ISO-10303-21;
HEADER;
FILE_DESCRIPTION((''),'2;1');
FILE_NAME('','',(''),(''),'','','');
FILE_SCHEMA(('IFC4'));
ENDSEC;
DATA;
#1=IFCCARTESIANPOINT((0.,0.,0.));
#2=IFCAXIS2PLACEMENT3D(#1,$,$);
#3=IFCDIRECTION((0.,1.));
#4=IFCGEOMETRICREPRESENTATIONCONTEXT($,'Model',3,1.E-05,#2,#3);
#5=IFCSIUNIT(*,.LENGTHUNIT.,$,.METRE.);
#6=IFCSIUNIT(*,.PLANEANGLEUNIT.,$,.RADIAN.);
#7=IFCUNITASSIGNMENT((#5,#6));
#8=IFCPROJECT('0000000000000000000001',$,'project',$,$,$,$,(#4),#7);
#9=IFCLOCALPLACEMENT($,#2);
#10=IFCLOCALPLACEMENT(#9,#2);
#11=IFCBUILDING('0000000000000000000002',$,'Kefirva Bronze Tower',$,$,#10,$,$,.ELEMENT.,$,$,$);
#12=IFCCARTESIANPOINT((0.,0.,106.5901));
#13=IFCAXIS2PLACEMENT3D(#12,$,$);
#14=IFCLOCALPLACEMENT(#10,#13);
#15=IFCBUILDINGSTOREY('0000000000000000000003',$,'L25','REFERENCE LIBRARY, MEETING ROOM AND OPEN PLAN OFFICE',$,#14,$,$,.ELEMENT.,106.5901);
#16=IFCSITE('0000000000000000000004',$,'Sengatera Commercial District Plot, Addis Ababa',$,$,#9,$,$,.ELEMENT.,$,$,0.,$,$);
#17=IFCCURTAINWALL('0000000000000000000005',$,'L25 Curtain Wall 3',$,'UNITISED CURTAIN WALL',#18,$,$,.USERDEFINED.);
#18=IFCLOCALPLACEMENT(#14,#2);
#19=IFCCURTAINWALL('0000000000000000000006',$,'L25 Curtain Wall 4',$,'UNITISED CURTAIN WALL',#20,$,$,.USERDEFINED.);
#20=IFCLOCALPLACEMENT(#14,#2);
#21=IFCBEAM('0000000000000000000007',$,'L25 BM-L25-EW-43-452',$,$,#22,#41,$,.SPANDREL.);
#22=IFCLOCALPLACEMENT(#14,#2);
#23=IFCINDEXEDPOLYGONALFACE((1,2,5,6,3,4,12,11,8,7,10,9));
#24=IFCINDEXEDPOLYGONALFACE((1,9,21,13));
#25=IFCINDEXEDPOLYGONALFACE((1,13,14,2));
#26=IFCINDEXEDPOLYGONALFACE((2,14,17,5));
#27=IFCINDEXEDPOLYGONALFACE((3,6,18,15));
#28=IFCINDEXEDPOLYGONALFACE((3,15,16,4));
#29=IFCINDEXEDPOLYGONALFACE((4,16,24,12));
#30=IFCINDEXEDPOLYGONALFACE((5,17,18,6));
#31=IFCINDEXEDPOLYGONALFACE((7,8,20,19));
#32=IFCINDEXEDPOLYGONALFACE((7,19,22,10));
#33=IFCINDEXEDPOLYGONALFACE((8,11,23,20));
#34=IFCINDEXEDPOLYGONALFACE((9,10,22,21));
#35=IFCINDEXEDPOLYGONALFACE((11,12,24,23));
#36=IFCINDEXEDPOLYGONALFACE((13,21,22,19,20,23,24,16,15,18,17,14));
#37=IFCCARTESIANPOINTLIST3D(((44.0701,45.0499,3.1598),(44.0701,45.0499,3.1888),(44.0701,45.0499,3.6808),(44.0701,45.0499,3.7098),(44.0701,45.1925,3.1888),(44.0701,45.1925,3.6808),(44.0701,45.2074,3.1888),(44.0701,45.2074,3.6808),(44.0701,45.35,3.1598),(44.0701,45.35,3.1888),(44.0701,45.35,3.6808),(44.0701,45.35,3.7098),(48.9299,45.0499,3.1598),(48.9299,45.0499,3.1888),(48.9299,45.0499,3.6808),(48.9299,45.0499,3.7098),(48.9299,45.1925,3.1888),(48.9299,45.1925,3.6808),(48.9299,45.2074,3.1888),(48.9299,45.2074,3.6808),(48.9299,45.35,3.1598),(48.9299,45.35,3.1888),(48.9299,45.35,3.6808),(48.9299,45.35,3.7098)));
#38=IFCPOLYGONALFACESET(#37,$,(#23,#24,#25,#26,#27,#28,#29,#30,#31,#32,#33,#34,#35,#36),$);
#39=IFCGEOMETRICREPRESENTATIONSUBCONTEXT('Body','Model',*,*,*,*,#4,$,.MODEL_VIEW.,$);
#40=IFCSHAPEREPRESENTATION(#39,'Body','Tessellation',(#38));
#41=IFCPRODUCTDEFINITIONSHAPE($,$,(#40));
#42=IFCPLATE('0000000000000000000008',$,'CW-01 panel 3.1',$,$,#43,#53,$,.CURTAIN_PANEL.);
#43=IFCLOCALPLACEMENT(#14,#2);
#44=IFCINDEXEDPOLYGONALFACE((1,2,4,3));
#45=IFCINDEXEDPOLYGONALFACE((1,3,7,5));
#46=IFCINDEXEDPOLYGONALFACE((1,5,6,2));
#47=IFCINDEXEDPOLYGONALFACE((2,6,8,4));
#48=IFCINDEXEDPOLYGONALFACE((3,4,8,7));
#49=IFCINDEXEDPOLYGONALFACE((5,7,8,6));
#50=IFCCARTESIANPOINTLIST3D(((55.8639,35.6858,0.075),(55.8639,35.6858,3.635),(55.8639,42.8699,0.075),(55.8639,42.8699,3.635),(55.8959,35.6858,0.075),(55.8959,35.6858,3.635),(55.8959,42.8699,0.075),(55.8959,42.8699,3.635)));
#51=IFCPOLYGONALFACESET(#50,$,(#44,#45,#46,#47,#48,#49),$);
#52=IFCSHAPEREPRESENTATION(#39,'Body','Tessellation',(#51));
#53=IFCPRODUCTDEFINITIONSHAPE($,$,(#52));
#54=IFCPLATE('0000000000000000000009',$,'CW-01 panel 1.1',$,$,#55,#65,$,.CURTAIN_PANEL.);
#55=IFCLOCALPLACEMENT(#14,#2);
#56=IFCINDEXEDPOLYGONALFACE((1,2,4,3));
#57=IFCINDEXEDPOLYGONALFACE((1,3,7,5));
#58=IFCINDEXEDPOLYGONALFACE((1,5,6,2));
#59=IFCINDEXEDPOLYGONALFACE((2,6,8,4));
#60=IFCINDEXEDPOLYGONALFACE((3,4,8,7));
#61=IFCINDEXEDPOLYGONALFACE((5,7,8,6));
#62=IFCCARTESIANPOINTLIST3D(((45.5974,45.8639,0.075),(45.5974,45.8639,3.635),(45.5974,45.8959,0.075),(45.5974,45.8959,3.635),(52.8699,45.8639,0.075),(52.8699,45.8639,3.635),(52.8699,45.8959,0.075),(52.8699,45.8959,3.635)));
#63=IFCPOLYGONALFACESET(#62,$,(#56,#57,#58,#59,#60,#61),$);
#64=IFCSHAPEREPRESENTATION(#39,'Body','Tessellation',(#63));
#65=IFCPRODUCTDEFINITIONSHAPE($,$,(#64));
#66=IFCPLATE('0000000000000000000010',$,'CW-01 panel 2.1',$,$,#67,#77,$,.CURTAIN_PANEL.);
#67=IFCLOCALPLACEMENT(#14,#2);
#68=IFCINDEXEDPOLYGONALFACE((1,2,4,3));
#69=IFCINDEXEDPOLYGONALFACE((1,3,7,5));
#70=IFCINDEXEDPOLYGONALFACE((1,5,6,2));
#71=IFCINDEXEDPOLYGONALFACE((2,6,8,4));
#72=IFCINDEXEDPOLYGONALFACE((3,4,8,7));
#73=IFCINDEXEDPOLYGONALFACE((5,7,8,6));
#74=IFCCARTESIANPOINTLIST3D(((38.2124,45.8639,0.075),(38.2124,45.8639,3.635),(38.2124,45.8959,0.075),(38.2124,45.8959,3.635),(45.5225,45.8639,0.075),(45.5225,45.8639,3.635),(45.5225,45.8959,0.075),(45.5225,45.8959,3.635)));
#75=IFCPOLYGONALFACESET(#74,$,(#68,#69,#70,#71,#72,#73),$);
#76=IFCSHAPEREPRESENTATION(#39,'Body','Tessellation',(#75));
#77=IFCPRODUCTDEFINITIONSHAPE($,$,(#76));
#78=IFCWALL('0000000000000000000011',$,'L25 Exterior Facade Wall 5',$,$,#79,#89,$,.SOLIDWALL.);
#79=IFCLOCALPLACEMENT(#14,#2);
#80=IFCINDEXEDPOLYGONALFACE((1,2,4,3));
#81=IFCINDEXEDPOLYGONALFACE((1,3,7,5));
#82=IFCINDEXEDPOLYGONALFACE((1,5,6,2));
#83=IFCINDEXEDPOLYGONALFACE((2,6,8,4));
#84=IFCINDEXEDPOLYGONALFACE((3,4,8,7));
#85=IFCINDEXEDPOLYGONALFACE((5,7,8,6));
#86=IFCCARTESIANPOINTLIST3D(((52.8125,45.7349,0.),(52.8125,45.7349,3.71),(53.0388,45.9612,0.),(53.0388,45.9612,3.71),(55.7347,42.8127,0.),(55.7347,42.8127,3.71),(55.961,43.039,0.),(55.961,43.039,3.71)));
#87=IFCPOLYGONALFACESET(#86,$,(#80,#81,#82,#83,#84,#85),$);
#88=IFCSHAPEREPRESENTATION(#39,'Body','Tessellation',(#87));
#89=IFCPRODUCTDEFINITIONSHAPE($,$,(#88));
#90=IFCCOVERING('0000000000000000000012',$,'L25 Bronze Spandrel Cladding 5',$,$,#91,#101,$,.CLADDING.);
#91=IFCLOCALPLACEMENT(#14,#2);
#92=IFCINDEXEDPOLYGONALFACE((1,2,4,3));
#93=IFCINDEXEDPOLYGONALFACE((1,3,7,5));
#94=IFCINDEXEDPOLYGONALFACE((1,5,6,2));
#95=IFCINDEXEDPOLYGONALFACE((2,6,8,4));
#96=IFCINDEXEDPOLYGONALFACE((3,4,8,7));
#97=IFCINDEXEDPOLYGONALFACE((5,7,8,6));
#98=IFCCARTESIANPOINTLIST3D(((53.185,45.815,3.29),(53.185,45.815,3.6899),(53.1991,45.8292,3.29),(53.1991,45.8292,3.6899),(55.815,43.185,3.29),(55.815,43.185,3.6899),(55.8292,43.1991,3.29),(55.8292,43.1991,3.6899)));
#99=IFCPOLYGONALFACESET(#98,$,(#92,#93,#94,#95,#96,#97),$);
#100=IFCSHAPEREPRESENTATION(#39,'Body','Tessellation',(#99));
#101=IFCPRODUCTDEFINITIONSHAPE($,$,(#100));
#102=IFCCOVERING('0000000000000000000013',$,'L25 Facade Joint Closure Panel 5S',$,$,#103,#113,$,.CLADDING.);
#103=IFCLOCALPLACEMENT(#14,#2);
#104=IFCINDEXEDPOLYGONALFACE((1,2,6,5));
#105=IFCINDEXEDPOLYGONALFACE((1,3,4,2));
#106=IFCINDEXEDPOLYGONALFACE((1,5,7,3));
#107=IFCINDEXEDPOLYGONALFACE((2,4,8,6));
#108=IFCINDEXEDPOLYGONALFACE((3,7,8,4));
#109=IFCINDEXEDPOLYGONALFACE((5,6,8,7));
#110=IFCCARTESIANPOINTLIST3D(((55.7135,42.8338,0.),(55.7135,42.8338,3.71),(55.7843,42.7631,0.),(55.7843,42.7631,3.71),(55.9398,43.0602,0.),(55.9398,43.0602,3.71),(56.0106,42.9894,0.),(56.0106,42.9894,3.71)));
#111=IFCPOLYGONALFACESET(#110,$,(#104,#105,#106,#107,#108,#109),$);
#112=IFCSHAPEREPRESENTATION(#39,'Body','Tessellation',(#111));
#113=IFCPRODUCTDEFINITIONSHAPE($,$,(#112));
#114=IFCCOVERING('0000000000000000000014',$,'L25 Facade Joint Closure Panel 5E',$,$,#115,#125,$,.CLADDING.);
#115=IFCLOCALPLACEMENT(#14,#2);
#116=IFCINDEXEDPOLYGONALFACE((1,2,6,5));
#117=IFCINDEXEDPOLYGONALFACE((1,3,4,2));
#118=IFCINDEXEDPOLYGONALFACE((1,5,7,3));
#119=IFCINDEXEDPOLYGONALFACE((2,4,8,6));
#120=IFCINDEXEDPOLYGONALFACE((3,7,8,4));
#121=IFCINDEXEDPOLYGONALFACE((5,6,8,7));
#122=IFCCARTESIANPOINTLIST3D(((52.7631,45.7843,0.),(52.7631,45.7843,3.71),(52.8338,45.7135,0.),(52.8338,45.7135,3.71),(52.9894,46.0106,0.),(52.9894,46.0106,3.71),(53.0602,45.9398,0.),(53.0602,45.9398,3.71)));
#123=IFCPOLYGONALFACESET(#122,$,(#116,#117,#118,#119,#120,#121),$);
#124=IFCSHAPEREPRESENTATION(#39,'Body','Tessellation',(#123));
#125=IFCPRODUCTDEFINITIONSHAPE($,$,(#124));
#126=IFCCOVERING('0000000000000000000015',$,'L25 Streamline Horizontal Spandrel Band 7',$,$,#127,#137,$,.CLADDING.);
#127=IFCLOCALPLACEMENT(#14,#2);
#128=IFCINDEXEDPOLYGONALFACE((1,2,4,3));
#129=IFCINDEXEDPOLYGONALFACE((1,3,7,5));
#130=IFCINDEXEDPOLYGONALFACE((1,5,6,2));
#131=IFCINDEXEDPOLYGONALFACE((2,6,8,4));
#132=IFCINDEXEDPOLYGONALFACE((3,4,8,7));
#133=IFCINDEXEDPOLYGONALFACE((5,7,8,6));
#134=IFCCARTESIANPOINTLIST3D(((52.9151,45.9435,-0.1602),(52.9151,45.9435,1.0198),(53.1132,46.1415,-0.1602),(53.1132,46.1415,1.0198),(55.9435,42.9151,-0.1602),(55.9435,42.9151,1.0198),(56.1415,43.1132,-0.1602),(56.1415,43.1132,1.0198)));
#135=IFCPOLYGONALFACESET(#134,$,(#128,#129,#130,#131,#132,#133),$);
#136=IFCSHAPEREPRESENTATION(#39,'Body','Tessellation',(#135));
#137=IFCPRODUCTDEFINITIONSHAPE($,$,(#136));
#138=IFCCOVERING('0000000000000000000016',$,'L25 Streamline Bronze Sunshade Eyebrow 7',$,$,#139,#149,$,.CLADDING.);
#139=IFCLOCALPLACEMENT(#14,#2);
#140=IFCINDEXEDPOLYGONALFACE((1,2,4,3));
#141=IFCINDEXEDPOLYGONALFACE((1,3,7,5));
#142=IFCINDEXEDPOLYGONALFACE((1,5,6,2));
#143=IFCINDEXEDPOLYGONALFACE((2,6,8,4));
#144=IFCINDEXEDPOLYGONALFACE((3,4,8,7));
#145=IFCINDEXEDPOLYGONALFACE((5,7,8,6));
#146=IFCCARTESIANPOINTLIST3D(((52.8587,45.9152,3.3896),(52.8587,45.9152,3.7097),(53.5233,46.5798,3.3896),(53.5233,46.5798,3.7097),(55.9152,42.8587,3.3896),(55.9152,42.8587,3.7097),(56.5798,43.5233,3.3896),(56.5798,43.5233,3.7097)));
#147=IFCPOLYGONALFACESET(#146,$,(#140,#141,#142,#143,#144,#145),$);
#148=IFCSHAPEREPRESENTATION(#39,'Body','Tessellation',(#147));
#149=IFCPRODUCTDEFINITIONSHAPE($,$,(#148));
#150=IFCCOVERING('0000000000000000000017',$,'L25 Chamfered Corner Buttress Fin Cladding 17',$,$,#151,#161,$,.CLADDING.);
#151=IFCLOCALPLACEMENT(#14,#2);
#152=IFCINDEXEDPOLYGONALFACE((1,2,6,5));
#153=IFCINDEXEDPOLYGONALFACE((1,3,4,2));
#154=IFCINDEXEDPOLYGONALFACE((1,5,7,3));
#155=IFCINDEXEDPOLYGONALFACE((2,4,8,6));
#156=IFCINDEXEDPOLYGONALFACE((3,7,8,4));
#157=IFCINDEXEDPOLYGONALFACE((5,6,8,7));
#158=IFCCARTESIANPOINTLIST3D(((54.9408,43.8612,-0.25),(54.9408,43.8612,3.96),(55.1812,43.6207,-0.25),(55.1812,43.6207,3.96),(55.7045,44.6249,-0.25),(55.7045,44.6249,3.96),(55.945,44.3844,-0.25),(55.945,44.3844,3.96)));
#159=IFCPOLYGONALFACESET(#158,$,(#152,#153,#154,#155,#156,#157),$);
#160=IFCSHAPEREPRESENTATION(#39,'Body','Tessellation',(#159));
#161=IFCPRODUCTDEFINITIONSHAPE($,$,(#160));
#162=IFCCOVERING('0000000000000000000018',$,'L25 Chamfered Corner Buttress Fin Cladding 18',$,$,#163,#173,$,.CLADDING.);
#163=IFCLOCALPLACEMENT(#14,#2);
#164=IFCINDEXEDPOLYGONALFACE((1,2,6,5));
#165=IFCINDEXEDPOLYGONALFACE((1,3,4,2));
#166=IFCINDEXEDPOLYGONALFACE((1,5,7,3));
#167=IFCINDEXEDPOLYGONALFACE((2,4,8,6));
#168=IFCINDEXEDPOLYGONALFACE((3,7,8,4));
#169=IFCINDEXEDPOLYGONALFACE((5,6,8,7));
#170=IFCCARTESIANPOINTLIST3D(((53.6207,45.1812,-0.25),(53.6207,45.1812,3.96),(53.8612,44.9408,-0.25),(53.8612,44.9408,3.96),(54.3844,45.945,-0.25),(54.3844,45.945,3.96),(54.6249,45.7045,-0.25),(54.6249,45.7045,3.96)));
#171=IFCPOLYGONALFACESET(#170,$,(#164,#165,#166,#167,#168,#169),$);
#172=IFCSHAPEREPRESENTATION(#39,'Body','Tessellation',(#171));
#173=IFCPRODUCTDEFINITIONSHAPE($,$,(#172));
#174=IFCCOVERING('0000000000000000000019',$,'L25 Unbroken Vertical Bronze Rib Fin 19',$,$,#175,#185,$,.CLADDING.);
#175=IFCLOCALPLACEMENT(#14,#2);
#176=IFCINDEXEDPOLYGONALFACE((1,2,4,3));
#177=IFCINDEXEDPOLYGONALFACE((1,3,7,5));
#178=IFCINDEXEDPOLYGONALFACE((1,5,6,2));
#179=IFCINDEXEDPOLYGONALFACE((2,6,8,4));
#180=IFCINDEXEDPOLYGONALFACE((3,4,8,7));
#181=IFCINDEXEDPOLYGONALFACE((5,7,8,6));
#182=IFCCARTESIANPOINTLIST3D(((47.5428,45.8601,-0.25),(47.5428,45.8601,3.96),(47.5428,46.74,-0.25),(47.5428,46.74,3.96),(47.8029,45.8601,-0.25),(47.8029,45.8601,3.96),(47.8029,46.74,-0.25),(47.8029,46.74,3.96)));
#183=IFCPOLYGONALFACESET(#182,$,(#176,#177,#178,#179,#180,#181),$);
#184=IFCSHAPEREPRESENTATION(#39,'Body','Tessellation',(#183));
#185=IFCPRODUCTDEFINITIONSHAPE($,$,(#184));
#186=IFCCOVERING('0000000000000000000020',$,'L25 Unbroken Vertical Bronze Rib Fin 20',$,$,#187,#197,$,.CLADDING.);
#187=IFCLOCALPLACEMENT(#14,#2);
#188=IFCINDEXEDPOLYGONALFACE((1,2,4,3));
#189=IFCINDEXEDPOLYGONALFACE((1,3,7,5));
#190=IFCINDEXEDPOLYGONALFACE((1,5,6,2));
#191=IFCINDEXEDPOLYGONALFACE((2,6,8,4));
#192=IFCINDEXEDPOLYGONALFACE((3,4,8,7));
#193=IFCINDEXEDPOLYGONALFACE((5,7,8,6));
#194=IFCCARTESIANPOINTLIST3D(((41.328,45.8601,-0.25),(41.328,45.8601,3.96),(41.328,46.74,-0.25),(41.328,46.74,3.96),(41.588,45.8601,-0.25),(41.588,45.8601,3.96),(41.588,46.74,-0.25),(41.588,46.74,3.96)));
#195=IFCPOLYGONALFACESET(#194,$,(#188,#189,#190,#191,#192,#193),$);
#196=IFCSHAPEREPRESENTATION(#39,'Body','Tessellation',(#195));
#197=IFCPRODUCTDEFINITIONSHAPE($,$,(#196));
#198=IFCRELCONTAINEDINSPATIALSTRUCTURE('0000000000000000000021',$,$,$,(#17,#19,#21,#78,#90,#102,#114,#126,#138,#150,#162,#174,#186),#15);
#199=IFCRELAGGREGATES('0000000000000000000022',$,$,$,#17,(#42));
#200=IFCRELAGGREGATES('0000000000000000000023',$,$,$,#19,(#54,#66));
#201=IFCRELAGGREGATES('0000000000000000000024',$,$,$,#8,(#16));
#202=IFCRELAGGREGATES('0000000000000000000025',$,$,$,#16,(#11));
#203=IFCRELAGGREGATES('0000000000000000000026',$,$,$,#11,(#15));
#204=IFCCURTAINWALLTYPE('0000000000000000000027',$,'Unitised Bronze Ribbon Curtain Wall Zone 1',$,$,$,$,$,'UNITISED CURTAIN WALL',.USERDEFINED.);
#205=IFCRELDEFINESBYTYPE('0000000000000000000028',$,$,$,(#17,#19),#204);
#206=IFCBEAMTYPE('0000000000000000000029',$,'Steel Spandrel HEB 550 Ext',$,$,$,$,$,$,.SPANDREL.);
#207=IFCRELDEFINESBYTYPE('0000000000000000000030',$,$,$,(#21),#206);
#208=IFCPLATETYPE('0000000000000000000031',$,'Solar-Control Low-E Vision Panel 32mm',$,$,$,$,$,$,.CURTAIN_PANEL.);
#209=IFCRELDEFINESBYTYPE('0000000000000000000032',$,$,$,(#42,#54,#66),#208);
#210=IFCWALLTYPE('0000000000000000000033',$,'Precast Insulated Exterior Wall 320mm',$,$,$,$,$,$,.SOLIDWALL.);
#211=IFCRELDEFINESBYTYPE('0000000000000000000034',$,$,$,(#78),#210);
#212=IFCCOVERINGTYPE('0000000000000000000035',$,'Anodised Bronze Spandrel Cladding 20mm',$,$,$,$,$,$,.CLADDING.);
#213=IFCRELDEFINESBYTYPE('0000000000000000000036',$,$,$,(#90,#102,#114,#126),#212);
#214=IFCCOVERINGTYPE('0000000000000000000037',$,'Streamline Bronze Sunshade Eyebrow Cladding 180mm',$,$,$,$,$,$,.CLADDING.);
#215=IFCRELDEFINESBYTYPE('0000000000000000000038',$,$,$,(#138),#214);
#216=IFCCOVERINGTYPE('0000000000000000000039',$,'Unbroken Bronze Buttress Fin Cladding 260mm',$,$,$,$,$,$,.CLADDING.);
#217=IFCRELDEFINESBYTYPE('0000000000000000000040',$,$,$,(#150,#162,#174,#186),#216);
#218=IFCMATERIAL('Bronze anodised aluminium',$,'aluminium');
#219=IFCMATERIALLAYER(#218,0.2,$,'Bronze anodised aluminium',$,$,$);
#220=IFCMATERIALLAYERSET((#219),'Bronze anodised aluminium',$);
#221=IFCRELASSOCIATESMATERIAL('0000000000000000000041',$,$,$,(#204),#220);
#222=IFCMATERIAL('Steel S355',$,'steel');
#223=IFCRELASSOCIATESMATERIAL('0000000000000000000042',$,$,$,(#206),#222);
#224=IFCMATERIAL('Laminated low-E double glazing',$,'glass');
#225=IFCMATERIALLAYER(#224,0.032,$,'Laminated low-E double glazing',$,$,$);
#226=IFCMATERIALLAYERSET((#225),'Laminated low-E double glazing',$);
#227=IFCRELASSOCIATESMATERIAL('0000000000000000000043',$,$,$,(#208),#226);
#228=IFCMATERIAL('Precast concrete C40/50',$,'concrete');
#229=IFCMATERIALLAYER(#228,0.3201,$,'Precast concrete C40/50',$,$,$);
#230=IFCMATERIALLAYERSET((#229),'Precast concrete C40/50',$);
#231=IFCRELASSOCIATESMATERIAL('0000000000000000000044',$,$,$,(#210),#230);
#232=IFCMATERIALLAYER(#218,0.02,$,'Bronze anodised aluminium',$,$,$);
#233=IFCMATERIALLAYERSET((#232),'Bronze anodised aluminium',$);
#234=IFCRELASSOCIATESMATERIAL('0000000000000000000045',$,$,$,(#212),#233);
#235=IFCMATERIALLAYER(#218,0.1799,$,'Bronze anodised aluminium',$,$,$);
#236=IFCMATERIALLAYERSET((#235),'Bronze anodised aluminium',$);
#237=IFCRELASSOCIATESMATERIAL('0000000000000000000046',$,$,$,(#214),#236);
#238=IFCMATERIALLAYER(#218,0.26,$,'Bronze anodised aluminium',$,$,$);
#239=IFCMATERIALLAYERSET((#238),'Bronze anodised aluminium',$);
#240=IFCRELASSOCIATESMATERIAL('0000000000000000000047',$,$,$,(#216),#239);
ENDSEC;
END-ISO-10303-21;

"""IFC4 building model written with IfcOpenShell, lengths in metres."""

from ifc_helpers import new_model, si_unit, direction, frame, frame_2d, origin, origin_2d, place, context, subcontext, project, spatial, rectangle, i_section, extrude, material, layer, layer_set, material_profile, profile_set, type_object, element, aggregate, save


model = new_model("IFC4")

# Units and contexts
model_context = context("Model", 3, precision=1e-05, world=origin(), true_north=direction((0.0, 1.0)))
body_context = subcontext(model_context, "Body", "Model", "MODEL_VIEW")
ifc_project = project(units=[si_unit("LENGTHUNIT", "METRE"), si_unit("PLANEANGLEUNIT", "RADIAN")], contexts=[model_context])

# Site, building, storey
site_placement = place(None, origin())
site = spatial("IfcSite", under=ifc_project, at=site_placement, Name="Sengatera Commercial District Plot, Addis Ababa", CompositionType="ELEMENT", RefElevation=0.0)
building_placement = place(site_placement, origin())
building = spatial("IfcBuilding", under=site, at=building_placement, Name="Kefirva Bronze Tower", CompositionType="ELEMENT")
storey_placement = place(building_placement, frame((0.0, 0.0, 106.5901)))
storey = spatial("IfcBuildingStorey", under=building, at=storey_placement, Name="L25", Description="REFERENCE LIBRARY, MEETING ROOM AND OPEN PLAN OFFICE", CompositionType="ELEMENT", Elevation=106.5901)

# Curtain wall
ifc_material_1 = material(Name="Bronze anodised aluminium", Category="aluminium")
ifc_layer_1 = layer(ifc_material_1, 0.2, Name="Bronze anodised aluminium")
ifc_layer_set_1 = layer_set([ifc_layer_1], Name="Bronze anodised aluminium")
curtain_wall_type = type_object("IfcCurtainWallType", Name="Unitised Bronze Ribbon Curtain Wall Zone 1", ElementType="UNITISED CURTAIN WALL", PredefinedType="USERDEFINED", material=ifc_layer_set_1)
curtain_wall_1_placement = place(storey_placement, origin())
curtain_wall_1 = element("IfcCurtainWall", 1, at=curtain_wall_1_placement, inside=storey, type_object=curtain_wall_type, Name="L25 Curtain Wall 3", ObjectType="UNITISED CURTAIN WALL", PredefinedType="USERDEFINED")

# Curtain wall
curtain_wall_2_placement = place(storey_placement, origin())
curtain_wall_2 = element("IfcCurtainWall", 2, at=curtain_wall_2_placement, inside=storey, type_object=curtain_wall_type, Name="L25 Curtain Wall 4", ObjectType="UNITISED CURTAIN WALL", PredefinedType="USERDEFINED")

# Beam
ifc_material_2 = material(Name="Steel S355", Category="steel")
ifc_material_profile_1 = material_profile(ifc_material_2, i_section(OverallWidth=0.3, OverallDepth=0.55, WebThickness=0.0149, FlangeThickness=0.0291, at=origin_2d()), Name="HEB 550")
ifc_profile_set_1 = profile_set([ifc_material_profile_1], Name="Steel S355")
beam_type_1 = type_object("IfcBeamType", Name="Steel Spandrel HEB 550 Ext", PredefinedType="SPANDREL", material=ifc_profile_set_1)
beam_1_placement = place(storey_placement, frame((44.0701, 45.2, 3.4348), z_axis=(1.0, 0.0, 0.0), x_axis=(0.0, 1.0, 0.0)))
element("IfcBeam", 3, at=beam_1_placement, inside=storey, type_object=beam_type_1, Name="L25 BM-L25-EW-43-452", PredefinedType="SPANDREL", context=body_context, shape_type="SweptSolid", body=[
    extrude(i_section(OverallWidth=0.3, OverallDepth=0.55, WebThickness=0.0149, FlangeThickness=0.0291, at=origin_2d()), origin(), (0.0, 0.0, 1.0), 4.8599),
])

# Plates
ifc_material_3 = material(Name="Laminated low-E double glazing", Category="glass")
ifc_layer_2 = layer(ifc_material_3, 0.032, Name="Laminated low-E double glazing")
ifc_layer_set_2 = layer_set([ifc_layer_2], Name="Laminated low-E double glazing")
plate_type = type_object("IfcPlateType", Name="Solar-Control Low-E Vision Panel 32mm", PredefinedType="CURTAIN_PANEL", material=ifc_layer_set_2)
plate_1_placement = place(storey_placement, frame((55.8799, 39.2778, 0.075), z_axis=(0.0, 0.0, 1.0), x_axis=(0.0, 1.0, 0.0)))
plate_1 = element("IfcPlate", 4, at=plate_1_placement, type_object=plate_type, Name="CW-01 panel 3.1", PredefinedType="CURTAIN_PANEL", context=body_context, shape_type="SweptSolid", body=[
    extrude(rectangle(XDim=7.1841, YDim=0.032, at=origin_2d()), origin(), (0.0, 0.0, 1.0), 3.5601),
])
aggregate(curtain_wall_1, [plate_1])
plate_2_placement = place(storey_placement, frame((49.2336, 45.8799, 0.075), z_axis=(0.0, 0.0, 1.0), x_axis=(-1.0, 0.0, 0.0)))
plate_2 = element("IfcPlate", 5, at=plate_2_placement, type_object=plate_type, Name="CW-01 panel 1.1", PredefinedType="CURTAIN_PANEL", context=body_context, shape_type="SweptSolid", body=[
    extrude(rectangle(XDim=7.2725, YDim=0.032, at=origin_2d()), origin(), (0.0, 0.0, 1.0), 3.5601),
])
plate_3_placement = place(storey_placement, frame((41.8674, 45.8799, 0.075), z_axis=(0.0, 0.0, 1.0), x_axis=(-1.0, 0.0, 0.0)))
plate_3 = element("IfcPlate", 6, at=plate_3_placement, type_object=plate_type, Name="CW-01 panel 2.1", PredefinedType="CURTAIN_PANEL", context=body_context, shape_type="SweptSolid", body=[
    extrude(rectangle(XDim=7.3101, YDim=0.032, at=origin_2d()), origin(), (0.0, 0.0, 1.0), 3.5601),
])
aggregate(curtain_wall_2, [plate_2, plate_3])

# Wall
ifc_material_4 = material(Name="Precast concrete C40/50", Category="concrete")
ifc_layer_3 = layer(ifc_material_4, 0.3201, Name="Precast concrete C40/50")
ifc_layer_set_3 = layer_set([ifc_layer_3], Name="Precast concrete C40/50")
wall_type = type_object("IfcWallType", Name="Precast Insulated Exterior Wall 320mm", PredefinedType="SOLIDWALL", material=ifc_layer_set_3)
wall_placement = place(storey_placement, frame((55.8479, 42.9258, 0.0), z_axis=(0.0, 0.0, 1.0), x_axis=(-0.707107, 0.707107, 0.0)))
element("IfcWall", 7, at=wall_placement, inside=storey, type_object=wall_type, Name="L25 Exterior Facade Wall 5", PredefinedType="SOLIDWALL", context=body_context, shape_type="SweptSolid", body=[
    extrude(rectangle(XDim=4.1326, YDim=0.3201, at=frame_2d((2.0664, 0.0))), origin(), (0.0, 0.0, 1.0), 3.71),
])

# Coverings
ifc_layer_4 = layer(ifc_material_1, 0.02, Name="Bronze anodised aluminium")
ifc_layer_set_4 = layer_set([ifc_layer_4], Name="Bronze anodised aluminium")
covering_type_1 = type_object("IfcCoveringType", Name="Anodised Bronze Spandrel Cladding 20mm", PredefinedType="CLADDING", material=ifc_layer_set_4)
covering_1_placement = place(storey_placement, frame((54.5071, 44.5071, 3.29), z_axis=(0.0, 0.0, 1.0), x_axis=(-0.707107, 0.707107, 0.0)))
element("IfcCovering", 8, at=covering_1_placement, inside=storey, type_object=covering_type_1, Name="L25 Bronze Spandrel Cladding 5", PredefinedType="CLADDING", context=body_context, shape_type="SweptSolid", body=[
    extrude(rectangle(XDim=3.7195, YDim=0.02, at=origin_2d()), origin(), (0.0, 0.0, 1.0), 0.3999),
])
for number, where, z_axis, x_axis, name in (
    (9, (55.8621, 42.9116, 0.0), (0.0, 0.0, 1.0), (-0.707107, 0.707107, 0.0), "L25 Facade Joint Closure Panel 5S"),
    (10, (52.9116, 45.8621, 0.0), (0.0, 0.0, 1.0), (-0.707107, 0.707107, 0.0), "L25 Facade Joint Closure Panel 5E"),
):
    element("IfcCovering", number, at=place(storey_placement, frame(where, z_axis=z_axis, x_axis=x_axis)), inside=storey, type_object=covering_type_1, Name=name, PredefinedType="CLADDING", context=body_context, shape_type="SweptSolid", body=[
        extrude(rectangle(XDim=0.1001, YDim=0.3201, at=origin_2d()), origin(), (0.0, 0.0, 1.0), 3.71),
    ])
covering_2_placement = place(storey_placement, frame((54.5283, 44.5283, -0.1602), z_axis=(0.0, 0.0, 1.0), x_axis=(-0.707107, 0.707107, 0.0)))
element("IfcCovering", 11, at=covering_2_placement, inside=storey, type_object=covering_type_1, Name="L25 Streamline Horizontal Spandrel Band 7", PredefinedType="CLADDING", context=body_context, shape_type="SweptSolid", body=[
    extrude(rectangle(XDim=4.2827, YDim=0.28, at=origin_2d()), origin(), (0.0, 0.0, 1.0), 1.1799),
])
ifc_layer_5 = layer(ifc_material_1, 0.1799, Name="Bronze anodised aluminium")
ifc_layer_set_5 = layer_set([ifc_layer_5], Name="Bronze anodised aluminium")
covering_type_2 = type_object("IfcCoveringType", Name="Streamline Bronze Sunshade Eyebrow Cladding 180mm", PredefinedType="CLADDING", material=ifc_layer_set_5)
covering_3_placement = place(storey_placement, frame((54.7192, 44.7192, 3.3896), z_axis=(0.0, 0.0, 1.0), x_axis=(-0.707107, 0.707107, 0.0)))
element("IfcCovering", 12, at=covering_3_placement, inside=storey, type_object=covering_type_2, Name="L25 Streamline Bronze Sunshade Eyebrow 7", PredefinedType="CLADDING", context=body_context, shape_type="SweptSolid", body=[
    extrude(rectangle(XDim=4.3225, YDim=0.9399, at=origin_2d()), origin(), (0.0, 0.0, 1.0), 0.3201),
])
ifc_layer_6 = layer(ifc_material_1, 0.26, Name="Bronze anodised aluminium")
ifc_layer_set_6 = layer_set([ifc_layer_6], Name="Bronze anodised aluminium")
covering_type_3 = type_object("IfcCoveringType", Name="Unbroken Bronze Buttress Fin Cladding 260mm", PredefinedType="CLADDING", material=ifc_layer_set_6)
for number, where, z_axis, x_axis, name in (
    (13, (55.4429, 44.1228, -0.25), (0.0, 0.0, 1.0), (-0.707107, 0.707107, 0.0), "L25 Chamfered Corner Buttress Fin Cladding 17"),
    (14, (54.1228, 45.4429, -0.25), (0.0, 0.0, 1.0), (-0.707107, 0.707107, 0.0), "L25 Chamfered Corner Buttress Fin Cladding 18"),
):
    element("IfcCovering", number, at=place(storey_placement, frame(where, z_axis=z_axis, x_axis=x_axis)), inside=storey, type_object=covering_type_3, Name=name, PredefinedType="CLADDING", context=body_context, shape_type="SweptSolid", body=[
        extrude(rectangle(XDim=0.3401, YDim=1.0801, at=origin_2d()), origin(), (0.0, 0.0, 1.0), 4.21),
    ])
for number, where, z_axis, x_axis, name in (
    (15, (47.6729, 46.3, -0.25), (0.0, 0.0, 1.0), (-1.0, 0.0, 0.0), "L25 Unbroken Vertical Bronze Rib Fin 19"),
    (16, (41.458, 46.3, -0.25), (0.0, 0.0, 1.0), (-1.0, 0.0, 0.0), "L25 Unbroken Vertical Bronze Rib Fin 20"),
):
    element("IfcCovering", number, at=place(storey_placement, frame(where, z_axis=z_axis, x_axis=x_axis)), inside=storey, type_object=covering_type_3, Name=name, PredefinedType="CLADDING", context=body_context, shape_type="SweptSolid", body=[
        extrude(rectangle(XDim=0.26, YDim=0.8799, at=origin_2d()), origin(), (0.0, 0.0, 1.0), 4.21),
    ])

save(model, "model.ifc")
